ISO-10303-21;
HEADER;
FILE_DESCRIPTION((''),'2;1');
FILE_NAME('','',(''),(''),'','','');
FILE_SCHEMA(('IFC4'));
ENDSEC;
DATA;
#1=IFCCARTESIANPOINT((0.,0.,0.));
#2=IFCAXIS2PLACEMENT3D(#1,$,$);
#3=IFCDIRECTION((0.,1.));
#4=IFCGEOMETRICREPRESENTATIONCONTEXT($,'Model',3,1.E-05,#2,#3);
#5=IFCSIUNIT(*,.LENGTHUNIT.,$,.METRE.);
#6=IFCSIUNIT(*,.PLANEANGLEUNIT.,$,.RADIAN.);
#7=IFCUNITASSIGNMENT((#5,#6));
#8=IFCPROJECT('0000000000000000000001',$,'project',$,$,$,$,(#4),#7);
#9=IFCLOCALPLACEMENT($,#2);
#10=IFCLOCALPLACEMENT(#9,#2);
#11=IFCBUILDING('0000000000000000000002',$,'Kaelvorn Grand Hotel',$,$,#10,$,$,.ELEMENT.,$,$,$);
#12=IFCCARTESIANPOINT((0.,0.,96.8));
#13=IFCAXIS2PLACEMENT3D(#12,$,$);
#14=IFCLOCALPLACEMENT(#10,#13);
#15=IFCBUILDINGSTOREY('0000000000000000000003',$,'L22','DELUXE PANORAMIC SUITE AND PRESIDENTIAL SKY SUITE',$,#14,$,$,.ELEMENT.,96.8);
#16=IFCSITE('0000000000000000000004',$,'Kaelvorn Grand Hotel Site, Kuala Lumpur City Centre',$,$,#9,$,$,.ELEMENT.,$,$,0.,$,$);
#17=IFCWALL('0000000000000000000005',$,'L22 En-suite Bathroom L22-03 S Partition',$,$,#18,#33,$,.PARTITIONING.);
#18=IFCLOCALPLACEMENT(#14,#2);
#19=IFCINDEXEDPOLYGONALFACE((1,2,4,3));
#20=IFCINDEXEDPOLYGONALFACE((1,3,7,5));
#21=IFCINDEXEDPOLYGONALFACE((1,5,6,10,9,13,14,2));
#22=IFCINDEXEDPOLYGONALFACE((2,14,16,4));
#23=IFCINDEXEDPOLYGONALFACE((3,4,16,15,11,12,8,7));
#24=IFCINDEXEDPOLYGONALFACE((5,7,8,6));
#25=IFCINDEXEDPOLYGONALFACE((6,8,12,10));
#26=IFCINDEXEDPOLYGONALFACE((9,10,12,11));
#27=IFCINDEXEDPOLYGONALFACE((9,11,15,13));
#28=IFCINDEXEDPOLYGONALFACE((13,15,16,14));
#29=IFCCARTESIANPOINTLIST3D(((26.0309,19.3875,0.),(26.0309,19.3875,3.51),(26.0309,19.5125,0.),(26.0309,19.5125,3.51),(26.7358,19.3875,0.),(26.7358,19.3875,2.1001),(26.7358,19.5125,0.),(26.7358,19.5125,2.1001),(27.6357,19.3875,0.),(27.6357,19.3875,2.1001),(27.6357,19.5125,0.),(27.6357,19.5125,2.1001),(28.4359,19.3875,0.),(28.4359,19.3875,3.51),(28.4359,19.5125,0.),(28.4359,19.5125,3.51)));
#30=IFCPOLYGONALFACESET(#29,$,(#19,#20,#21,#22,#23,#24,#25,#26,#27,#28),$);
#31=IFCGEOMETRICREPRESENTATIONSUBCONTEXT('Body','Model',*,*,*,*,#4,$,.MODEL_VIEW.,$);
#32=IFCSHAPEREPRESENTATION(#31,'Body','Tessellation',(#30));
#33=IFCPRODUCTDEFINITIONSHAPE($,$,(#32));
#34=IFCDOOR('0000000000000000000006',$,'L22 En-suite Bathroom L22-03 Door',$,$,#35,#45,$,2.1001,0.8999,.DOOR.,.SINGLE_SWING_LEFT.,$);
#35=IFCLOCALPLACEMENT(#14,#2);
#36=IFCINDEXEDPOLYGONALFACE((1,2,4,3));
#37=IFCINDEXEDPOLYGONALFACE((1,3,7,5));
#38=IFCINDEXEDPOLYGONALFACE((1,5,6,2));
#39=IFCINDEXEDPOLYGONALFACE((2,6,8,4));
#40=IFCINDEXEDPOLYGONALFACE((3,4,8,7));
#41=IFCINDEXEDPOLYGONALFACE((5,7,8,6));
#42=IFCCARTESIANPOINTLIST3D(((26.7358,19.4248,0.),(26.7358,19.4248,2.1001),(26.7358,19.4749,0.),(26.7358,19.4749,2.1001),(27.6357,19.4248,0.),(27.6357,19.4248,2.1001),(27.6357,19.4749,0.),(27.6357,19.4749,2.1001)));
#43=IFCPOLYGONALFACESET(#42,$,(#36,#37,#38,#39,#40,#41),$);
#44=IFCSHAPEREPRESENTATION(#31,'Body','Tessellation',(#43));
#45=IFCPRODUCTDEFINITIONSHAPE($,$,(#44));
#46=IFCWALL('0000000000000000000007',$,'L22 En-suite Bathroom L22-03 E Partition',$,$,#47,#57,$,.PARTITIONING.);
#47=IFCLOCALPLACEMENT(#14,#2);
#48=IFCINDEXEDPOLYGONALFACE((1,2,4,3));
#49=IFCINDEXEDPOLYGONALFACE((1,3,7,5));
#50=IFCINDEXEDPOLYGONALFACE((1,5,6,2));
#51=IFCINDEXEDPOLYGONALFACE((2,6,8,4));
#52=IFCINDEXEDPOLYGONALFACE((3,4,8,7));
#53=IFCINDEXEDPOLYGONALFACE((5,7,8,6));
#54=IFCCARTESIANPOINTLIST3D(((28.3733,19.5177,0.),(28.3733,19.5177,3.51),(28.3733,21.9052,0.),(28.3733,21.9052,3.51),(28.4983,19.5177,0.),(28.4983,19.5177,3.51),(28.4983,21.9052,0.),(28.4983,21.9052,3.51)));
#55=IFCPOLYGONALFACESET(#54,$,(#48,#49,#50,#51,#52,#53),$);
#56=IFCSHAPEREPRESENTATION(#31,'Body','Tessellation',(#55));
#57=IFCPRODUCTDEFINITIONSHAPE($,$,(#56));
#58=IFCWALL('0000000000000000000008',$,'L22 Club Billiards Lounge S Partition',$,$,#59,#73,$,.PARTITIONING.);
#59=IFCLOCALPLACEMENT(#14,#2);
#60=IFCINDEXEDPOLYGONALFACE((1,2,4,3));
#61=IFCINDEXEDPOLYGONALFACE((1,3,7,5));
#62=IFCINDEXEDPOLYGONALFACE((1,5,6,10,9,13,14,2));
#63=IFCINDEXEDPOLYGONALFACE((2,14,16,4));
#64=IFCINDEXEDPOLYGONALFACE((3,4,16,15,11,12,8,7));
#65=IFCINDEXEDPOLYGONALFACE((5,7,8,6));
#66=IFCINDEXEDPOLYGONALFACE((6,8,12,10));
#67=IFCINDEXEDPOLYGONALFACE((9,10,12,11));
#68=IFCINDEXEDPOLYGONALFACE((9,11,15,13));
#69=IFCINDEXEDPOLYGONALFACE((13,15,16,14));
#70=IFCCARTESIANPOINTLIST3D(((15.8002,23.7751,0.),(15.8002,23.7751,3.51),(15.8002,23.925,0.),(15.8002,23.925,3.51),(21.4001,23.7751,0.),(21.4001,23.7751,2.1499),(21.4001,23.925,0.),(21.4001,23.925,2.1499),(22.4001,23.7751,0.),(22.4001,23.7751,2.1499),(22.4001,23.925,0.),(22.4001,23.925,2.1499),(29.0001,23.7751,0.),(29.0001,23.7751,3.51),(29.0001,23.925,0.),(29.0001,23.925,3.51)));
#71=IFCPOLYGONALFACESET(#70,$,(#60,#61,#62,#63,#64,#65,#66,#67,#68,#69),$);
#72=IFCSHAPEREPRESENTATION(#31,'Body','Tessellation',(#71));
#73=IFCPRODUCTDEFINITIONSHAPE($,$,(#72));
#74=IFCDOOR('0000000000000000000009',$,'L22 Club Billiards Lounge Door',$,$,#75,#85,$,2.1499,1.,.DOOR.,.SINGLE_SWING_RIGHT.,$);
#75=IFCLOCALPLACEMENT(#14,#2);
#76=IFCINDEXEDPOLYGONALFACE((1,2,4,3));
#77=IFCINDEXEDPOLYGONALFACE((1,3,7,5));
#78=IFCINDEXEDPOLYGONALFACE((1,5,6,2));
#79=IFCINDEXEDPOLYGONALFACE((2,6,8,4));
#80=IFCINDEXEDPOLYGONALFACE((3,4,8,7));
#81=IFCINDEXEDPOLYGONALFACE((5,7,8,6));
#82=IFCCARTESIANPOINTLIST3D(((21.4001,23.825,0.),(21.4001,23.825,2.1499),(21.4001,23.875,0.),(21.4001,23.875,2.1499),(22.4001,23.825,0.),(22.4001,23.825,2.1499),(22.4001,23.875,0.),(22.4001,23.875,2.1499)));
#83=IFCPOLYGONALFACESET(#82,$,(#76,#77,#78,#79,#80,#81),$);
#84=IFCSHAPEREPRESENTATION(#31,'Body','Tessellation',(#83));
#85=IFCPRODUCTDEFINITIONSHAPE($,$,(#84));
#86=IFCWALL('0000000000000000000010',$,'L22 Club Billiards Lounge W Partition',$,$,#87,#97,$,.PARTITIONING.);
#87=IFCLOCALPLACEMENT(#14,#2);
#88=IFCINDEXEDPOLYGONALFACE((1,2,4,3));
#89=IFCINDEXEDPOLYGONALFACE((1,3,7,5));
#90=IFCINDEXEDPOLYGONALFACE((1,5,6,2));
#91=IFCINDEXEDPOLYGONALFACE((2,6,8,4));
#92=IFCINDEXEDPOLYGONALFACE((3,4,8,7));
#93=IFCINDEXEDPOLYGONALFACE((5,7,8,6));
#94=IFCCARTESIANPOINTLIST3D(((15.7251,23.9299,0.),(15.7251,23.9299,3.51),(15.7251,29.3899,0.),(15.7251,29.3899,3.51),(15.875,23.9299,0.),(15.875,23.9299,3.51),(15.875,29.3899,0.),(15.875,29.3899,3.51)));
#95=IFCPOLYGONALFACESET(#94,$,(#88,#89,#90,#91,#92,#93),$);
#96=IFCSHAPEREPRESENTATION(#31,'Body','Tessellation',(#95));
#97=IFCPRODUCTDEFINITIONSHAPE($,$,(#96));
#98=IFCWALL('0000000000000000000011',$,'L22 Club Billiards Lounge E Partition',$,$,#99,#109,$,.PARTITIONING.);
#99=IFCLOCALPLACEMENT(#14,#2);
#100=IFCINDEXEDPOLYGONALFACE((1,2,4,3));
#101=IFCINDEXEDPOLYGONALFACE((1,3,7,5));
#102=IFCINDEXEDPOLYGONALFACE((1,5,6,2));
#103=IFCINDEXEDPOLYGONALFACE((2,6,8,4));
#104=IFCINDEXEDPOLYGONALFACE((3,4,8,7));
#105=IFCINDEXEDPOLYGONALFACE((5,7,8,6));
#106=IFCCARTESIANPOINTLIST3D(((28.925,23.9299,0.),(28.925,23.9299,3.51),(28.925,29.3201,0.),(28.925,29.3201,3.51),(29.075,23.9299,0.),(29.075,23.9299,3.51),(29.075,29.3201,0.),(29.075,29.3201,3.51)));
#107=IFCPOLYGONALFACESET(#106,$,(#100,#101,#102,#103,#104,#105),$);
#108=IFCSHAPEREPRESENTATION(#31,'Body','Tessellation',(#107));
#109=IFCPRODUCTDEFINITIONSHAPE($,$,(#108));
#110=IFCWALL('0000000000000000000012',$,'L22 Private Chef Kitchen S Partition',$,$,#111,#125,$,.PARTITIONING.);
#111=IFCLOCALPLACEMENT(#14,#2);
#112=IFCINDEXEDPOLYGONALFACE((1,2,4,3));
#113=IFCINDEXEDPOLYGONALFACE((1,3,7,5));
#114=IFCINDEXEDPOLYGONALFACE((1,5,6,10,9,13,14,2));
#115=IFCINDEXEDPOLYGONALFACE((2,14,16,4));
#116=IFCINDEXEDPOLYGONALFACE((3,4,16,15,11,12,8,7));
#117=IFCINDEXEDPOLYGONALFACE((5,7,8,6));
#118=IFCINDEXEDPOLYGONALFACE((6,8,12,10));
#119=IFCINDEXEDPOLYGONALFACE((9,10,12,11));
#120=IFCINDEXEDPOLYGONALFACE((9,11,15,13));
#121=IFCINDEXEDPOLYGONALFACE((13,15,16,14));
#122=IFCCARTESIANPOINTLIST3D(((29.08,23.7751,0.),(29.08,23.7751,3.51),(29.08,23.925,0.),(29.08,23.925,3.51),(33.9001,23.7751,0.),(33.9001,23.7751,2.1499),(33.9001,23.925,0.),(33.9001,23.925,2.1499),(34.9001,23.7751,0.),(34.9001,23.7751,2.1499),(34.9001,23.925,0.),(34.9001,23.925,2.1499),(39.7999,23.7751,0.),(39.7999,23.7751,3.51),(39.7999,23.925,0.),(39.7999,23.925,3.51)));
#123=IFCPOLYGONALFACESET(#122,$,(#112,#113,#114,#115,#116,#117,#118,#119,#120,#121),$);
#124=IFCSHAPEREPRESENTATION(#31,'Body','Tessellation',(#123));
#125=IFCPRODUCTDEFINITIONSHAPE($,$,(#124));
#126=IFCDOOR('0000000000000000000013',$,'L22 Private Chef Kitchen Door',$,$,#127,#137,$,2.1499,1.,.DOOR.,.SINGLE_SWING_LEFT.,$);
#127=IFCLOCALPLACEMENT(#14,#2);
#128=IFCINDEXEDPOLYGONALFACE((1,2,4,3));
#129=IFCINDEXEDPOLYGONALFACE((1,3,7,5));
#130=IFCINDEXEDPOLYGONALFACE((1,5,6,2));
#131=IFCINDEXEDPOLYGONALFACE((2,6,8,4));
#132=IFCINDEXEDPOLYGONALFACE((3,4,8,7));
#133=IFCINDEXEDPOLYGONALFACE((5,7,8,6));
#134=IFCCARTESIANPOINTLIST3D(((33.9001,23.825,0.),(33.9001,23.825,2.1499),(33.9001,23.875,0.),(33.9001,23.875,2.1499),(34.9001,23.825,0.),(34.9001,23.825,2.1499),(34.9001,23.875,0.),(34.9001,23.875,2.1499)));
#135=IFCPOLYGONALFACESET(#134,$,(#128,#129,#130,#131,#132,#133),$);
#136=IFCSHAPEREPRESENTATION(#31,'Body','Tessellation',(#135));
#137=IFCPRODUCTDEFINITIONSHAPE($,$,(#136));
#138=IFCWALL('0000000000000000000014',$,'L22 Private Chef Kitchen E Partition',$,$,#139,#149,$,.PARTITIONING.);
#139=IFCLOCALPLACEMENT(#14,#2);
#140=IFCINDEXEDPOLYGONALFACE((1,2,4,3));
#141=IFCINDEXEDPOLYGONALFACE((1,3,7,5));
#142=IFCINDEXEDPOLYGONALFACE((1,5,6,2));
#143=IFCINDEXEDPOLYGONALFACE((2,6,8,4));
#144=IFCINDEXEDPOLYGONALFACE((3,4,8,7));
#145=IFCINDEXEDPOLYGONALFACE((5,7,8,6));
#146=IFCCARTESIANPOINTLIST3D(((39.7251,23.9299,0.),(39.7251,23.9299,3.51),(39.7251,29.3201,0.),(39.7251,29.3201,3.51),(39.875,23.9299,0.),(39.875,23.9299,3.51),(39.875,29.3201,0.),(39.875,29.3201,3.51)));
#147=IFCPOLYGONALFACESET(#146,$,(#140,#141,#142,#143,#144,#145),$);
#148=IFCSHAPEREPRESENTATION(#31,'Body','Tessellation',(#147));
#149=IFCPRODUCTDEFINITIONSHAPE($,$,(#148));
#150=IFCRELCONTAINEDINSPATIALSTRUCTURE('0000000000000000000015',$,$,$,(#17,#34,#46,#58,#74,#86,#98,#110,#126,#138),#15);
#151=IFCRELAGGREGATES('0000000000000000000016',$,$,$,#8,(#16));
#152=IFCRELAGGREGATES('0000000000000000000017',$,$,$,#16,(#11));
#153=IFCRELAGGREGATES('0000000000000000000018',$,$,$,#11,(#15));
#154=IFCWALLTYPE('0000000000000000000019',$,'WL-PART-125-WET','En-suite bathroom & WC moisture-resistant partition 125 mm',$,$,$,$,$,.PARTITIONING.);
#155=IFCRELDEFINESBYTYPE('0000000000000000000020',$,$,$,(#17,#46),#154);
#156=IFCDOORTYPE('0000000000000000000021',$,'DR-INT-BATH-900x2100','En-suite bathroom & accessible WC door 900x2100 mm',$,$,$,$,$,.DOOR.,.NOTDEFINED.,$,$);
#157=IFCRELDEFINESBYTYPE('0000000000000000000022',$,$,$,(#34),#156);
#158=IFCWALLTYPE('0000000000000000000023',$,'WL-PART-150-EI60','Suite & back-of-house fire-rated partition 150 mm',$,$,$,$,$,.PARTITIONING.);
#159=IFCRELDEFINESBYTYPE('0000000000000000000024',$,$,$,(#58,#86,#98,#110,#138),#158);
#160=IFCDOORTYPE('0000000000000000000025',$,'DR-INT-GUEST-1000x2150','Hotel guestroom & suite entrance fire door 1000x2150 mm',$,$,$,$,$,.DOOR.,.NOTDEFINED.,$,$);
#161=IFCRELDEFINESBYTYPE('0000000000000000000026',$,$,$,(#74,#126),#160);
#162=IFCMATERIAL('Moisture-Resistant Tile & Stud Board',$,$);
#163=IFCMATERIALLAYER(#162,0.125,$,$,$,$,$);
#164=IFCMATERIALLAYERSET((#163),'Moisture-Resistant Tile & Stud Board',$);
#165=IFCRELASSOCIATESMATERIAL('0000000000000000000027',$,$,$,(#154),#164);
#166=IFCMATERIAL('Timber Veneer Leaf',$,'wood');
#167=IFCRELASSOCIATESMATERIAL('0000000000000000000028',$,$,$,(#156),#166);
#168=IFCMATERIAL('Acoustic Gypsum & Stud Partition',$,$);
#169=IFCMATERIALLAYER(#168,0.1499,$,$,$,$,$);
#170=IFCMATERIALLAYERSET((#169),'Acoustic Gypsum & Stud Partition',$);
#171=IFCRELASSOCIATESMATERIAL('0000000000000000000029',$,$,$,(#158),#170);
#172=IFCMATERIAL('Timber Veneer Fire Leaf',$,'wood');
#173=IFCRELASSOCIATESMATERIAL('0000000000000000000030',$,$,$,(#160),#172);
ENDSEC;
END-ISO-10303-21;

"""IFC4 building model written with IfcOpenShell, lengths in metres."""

from ifc_helpers import new_model, si_unit, direction, frame, frame_2d, origin, place, context, subcontext, project, spatial, rectangle, extrude, material, layer, layer_set, type_object, element, fill, save


model = new_model("IFC4")

# Units and contexts
model_context = context("Model", 3, precision=1e-05, world=origin(), true_north=direction((0.0, 1.0)))
body_context = subcontext(model_context, "Body", "Model", "MODEL_VIEW")
ifc_project = project(units=[si_unit("LENGTHUNIT", "METRE"), si_unit("PLANEANGLEUNIT", "RADIAN")], contexts=[model_context])

# Site, building, storey
site_placement = place(None, origin())
site = spatial("IfcSite", under=ifc_project, at=site_placement, Name="Kaelvorn Grand Hotel Site, Kuala Lumpur City Centre", CompositionType="ELEMENT", RefElevation=0.0)
building_placement = place(site_placement, origin())
building = spatial("IfcBuilding", under=site, at=building_placement, Name="Kaelvorn Grand Hotel", CompositionType="ELEMENT")
storey_placement = place(building_placement, frame((0.0, 0.0, 96.8)))
storey = spatial("IfcBuildingStorey", under=building, at=storey_placement, Name="L22", Description="DELUXE PANORAMIC SUITE AND PRESIDENTIAL SKY SUITE", CompositionType="ELEMENT", Elevation=96.8)

# Shared definitions
ifc_material_1 = material(Name="Moisture-Resistant Tile & Stud Board")
ifc_layer_1 = layer(ifc_material_1, 0.125)
ifc_layer_set_1 = layer_set([ifc_layer_1], Name="Moisture-Resistant Tile & Stud Board")
wall_type_1 = type_object("IfcWallType", Name="WL-PART-125-WET", Description="En-suite bathroom & WC moisture-resistant partition 125 mm", PredefinedType="PARTITIONING", material=ifc_layer_set_1)
ifc_material_2 = material(Name="Timber Veneer Leaf", Category="wood")
door_type_1 = type_object("IfcDoorType", Name="DR-INT-BATH-900x2100", Description="En-suite bathroom & accessible WC door 900x2100 mm", OperationType="NOTDEFINED", PredefinedType="DOOR", material=ifc_material_2)

# Wall, opening, door
wall_1_placement = place(storey_placement, frame((26.0308, 19.45, 0.0), z_axis=(0.0, 0.0, 1.0), x_axis=(1.0, 0.0, 0.0)))
wall_1 = element("IfcWall", 1, at=wall_1_placement, inside=storey, type_object=wall_type_1, Name="L22 En-suite Bathroom L22-03 S Partition", PredefinedType="PARTITIONING", context=body_context, shape_type="SweptSolid", body=[
    extrude(rectangle(XDim=2.405, YDim=0.125, at=frame_2d((1.2026, 0.0))), origin(), (0.0, 0.0, 1.0), 3.51),
])
opening_1_placement = place(wall_1_placement, frame((0.7051, 0.0, 0.0)))
opening_1 = element("IfcOpeningElement", 2, at=opening_1_placement, cuts=wall_1, PredefinedType="OPENING", context=body_context, shape_type="SweptSolid", body=[
    extrude(rectangle(XDim=0.8999, YDim=2.1001, at=frame_2d((0.45, 1.05))), frame((0.0, 0.0725, 0.0), z_axis=(0.0, -1.0, 0.0), x_axis=(1.0, 0.0, 0.0)), (0.0, 0.0, 1.0), 0.145),
])
door_1_placement = place(opening_1_placement, origin())
door_1 = element("IfcDoor", 3, at=door_1_placement, inside=storey, type_object=door_type_1, Name="L22 En-suite Bathroom L22-03 Door", OperationType="SINGLE_SWING_LEFT", OverallHeight=2.1001, OverallWidth=0.8999, PredefinedType="DOOR", context=body_context, shape_type="SweptSolid", body=[
    extrude(rectangle(XDim=0.8999, YDim=2.1001, at=frame_2d((0.45, 1.05))), frame((0.0, 0.0249, 0.0), z_axis=(0.0, -1.0, 0.0), x_axis=(1.0, 0.0, 0.0)), (0.0, 0.0, 1.0), 0.05),
])
fill(opening_1, door_1)

# Wall
wall_2_placement = place(storey_placement, frame((28.4358, 19.5176, 0.0), z_axis=(0.0, 0.0, 1.0), x_axis=(0.0, 1.0, 0.0)))
element("IfcWall", 4, at=wall_2_placement, inside=storey, type_object=wall_type_1, Name="L22 En-suite Bathroom L22-03 E Partition", PredefinedType="PARTITIONING", context=body_context, shape_type="SweptSolid", body=[
    extrude(rectangle(XDim=2.3875, YDim=0.125, at=frame_2d((1.1938, 0.0))), origin(), (0.0, 0.0, 1.0), 3.51),
])

# Wall, opening, door
ifc_material_3 = material(Name="Acoustic Gypsum & Stud Partition")
ifc_layer_2 = layer(ifc_material_3, 0.1499)
ifc_layer_set_2 = layer_set([ifc_layer_2], Name="Acoustic Gypsum & Stud Partition")
wall_type_2 = type_object("IfcWallType", Name="WL-PART-150-EI60", Description="Suite & back-of-house fire-rated partition 150 mm", PredefinedType="PARTITIONING", material=ifc_layer_set_2)
wall_3_placement = place(storey_placement, frame((15.8, 23.8501, 0.0), z_axis=(0.0, 0.0, 1.0), x_axis=(1.0, 0.0, 0.0)))
wall_3 = element("IfcWall", 5, at=wall_3_placement, inside=storey, type_object=wall_type_2, Name="L22 Club Billiards Lounge S Partition", PredefinedType="PARTITIONING", context=body_context, shape_type="SweptSolid", body=[
    extrude(rectangle(XDim=13.2, YDim=0.1499, at=frame_2d((6.6001, 0.0))), origin(), (0.0, 0.0, 1.0), 3.51),
])
opening_2_placement = place(wall_3_placement, frame((5.6001, 0.0, 0.0)))
opening_2 = element("IfcOpeningElement", 6, at=opening_2_placement, cuts=wall_3, PredefinedType="OPENING", context=body_context, shape_type="SweptSolid", body=[
    extrude(rectangle(XDim=1.0, YDim=2.1499, at=frame_2d((0.5, 1.075))), frame((0.0, 0.085, 0.0), z_axis=(0.0, -1.0, 0.0), x_axis=(1.0, 0.0, 0.0)), (0.0, 0.0, 1.0), 0.1699),
])
ifc_material_4 = material(Name="Timber Veneer Fire Leaf", Category="wood")
door_type_2 = type_object("IfcDoorType", Name="DR-INT-GUEST-1000x2150", Description="Hotel guestroom & suite entrance fire door 1000x2150 mm", OperationType="NOTDEFINED", PredefinedType="DOOR", material=ifc_material_4)
door_2_placement = place(opening_2_placement, origin())
door_2 = element("IfcDoor", 7, at=door_2_placement, inside=storey, type_object=door_type_2, Name="L22 Club Billiards Lounge Door", OperationType="SINGLE_SWING_RIGHT", OverallHeight=2.1499, OverallWidth=1.0, PredefinedType="DOOR", context=body_context, shape_type="SweptSolid", body=[
    extrude(rectangle(XDim=1.0, YDim=2.1499, at=frame_2d((0.5, 1.075))), frame((0.0, 0.0249, 0.0), z_axis=(0.0, -1.0, 0.0), x_axis=(1.0, 0.0, 0.0)), (0.0, 0.0, 1.0), 0.05),
])
fill(opening_2, door_2)

# Walls
wall_4_placement = place(storey_placement, frame((15.8, 23.9299, 0.0), z_axis=(0.0, 0.0, 1.0), x_axis=(0.0, 1.0, 0.0)))
element("IfcWall", 8, at=wall_4_placement, inside=storey, type_object=wall_type_2, Name="L22 Club Billiards Lounge W Partition", PredefinedType="PARTITIONING", context=body_context, shape_type="SweptSolid", body=[
    extrude(rectangle(XDim=5.46, YDim=0.1499, at=frame_2d((2.73, 0.0))), origin(), (0.0, 0.0, 1.0), 3.51),
])
wall_5_placement = place(storey_placement, frame((29.0, 23.9299, 0.0), z_axis=(0.0, 0.0, 1.0), x_axis=(0.0, 1.0, 0.0)))
element("IfcWall", 9, at=wall_5_placement, inside=storey, type_object=wall_type_2, Name="L22 Club Billiards Lounge E Partition", PredefinedType="PARTITIONING", context=body_context, shape_type="SweptSolid", body=[
    extrude(rectangle(XDim=5.3901, YDim=0.1499, at=frame_2d((2.6951, 0.0))), origin(), (0.0, 0.0, 1.0), 3.51),
])

# Wall, opening, door
wall_6_placement = place(storey_placement, frame((29.0801, 23.8501, 0.0), z_axis=(0.0, 0.0, 1.0), x_axis=(1.0, 0.0, 0.0)))
wall_6 = element("IfcWall", 10, at=wall_6_placement, inside=storey, type_object=wall_type_2, Name="L22 Private Chef Kitchen S Partition", PredefinedType="PARTITIONING", context=body_context, shape_type="SweptSolid", body=[
    extrude(rectangle(XDim=10.72, YDim=0.1499, at=frame_2d((5.3599, 0.0))), origin(), (0.0, 0.0, 1.0), 3.51),
])
opening_3_placement = place(wall_6_placement, frame((4.8201, 0.0, 0.0)))
opening_3 = element("IfcOpeningElement", 11, at=opening_3_placement, cuts=wall_6, PredefinedType="OPENING", context=body_context, shape_type="SweptSolid", body=[
    extrude(rectangle(XDim=1.0, YDim=2.1499, at=frame_2d((0.5, 1.075))), frame((0.0, 0.085, 0.0), z_axis=(0.0, -1.0, 0.0), x_axis=(1.0, 0.0, 0.0)), (0.0, 0.0, 1.0), 0.1699),
])
door_3_placement = place(opening_3_placement, origin())
door_3 = element("IfcDoor", 12, at=door_3_placement, inside=storey, type_object=door_type_2, Name="L22 Private Chef Kitchen Door", OperationType="SINGLE_SWING_LEFT", OverallHeight=2.1499, OverallWidth=1.0, PredefinedType="DOOR", context=body_context, shape_type="SweptSolid", body=[
    extrude(rectangle(XDim=1.0, YDim=2.1499, at=frame_2d((0.5, 1.075))), frame((0.0, 0.0249, 0.0), z_axis=(0.0, -1.0, 0.0), x_axis=(1.0, 0.0, 0.0)), (0.0, 0.0, 1.0), 0.05),
])
fill(opening_3, door_3)

# Wall
wall_7_placement = place(storey_placement, frame((39.8, 23.9299, 0.0), z_axis=(0.0, 0.0, 1.0), x_axis=(0.0, 1.0, 0.0)))
element("IfcWall", 13, at=wall_7_placement, inside=storey, type_object=wall_type_2, Name="L22 Private Chef Kitchen E Partition", PredefinedType="PARTITIONING", context=body_context, shape_type="SweptSolid", body=[
    extrude(rectangle(XDim=5.3901, YDim=0.1499, at=frame_2d((2.6951, 0.0))), origin(), (0.0, 0.0, 1.0), 3.51),
])

save(model, "model.ifc")
